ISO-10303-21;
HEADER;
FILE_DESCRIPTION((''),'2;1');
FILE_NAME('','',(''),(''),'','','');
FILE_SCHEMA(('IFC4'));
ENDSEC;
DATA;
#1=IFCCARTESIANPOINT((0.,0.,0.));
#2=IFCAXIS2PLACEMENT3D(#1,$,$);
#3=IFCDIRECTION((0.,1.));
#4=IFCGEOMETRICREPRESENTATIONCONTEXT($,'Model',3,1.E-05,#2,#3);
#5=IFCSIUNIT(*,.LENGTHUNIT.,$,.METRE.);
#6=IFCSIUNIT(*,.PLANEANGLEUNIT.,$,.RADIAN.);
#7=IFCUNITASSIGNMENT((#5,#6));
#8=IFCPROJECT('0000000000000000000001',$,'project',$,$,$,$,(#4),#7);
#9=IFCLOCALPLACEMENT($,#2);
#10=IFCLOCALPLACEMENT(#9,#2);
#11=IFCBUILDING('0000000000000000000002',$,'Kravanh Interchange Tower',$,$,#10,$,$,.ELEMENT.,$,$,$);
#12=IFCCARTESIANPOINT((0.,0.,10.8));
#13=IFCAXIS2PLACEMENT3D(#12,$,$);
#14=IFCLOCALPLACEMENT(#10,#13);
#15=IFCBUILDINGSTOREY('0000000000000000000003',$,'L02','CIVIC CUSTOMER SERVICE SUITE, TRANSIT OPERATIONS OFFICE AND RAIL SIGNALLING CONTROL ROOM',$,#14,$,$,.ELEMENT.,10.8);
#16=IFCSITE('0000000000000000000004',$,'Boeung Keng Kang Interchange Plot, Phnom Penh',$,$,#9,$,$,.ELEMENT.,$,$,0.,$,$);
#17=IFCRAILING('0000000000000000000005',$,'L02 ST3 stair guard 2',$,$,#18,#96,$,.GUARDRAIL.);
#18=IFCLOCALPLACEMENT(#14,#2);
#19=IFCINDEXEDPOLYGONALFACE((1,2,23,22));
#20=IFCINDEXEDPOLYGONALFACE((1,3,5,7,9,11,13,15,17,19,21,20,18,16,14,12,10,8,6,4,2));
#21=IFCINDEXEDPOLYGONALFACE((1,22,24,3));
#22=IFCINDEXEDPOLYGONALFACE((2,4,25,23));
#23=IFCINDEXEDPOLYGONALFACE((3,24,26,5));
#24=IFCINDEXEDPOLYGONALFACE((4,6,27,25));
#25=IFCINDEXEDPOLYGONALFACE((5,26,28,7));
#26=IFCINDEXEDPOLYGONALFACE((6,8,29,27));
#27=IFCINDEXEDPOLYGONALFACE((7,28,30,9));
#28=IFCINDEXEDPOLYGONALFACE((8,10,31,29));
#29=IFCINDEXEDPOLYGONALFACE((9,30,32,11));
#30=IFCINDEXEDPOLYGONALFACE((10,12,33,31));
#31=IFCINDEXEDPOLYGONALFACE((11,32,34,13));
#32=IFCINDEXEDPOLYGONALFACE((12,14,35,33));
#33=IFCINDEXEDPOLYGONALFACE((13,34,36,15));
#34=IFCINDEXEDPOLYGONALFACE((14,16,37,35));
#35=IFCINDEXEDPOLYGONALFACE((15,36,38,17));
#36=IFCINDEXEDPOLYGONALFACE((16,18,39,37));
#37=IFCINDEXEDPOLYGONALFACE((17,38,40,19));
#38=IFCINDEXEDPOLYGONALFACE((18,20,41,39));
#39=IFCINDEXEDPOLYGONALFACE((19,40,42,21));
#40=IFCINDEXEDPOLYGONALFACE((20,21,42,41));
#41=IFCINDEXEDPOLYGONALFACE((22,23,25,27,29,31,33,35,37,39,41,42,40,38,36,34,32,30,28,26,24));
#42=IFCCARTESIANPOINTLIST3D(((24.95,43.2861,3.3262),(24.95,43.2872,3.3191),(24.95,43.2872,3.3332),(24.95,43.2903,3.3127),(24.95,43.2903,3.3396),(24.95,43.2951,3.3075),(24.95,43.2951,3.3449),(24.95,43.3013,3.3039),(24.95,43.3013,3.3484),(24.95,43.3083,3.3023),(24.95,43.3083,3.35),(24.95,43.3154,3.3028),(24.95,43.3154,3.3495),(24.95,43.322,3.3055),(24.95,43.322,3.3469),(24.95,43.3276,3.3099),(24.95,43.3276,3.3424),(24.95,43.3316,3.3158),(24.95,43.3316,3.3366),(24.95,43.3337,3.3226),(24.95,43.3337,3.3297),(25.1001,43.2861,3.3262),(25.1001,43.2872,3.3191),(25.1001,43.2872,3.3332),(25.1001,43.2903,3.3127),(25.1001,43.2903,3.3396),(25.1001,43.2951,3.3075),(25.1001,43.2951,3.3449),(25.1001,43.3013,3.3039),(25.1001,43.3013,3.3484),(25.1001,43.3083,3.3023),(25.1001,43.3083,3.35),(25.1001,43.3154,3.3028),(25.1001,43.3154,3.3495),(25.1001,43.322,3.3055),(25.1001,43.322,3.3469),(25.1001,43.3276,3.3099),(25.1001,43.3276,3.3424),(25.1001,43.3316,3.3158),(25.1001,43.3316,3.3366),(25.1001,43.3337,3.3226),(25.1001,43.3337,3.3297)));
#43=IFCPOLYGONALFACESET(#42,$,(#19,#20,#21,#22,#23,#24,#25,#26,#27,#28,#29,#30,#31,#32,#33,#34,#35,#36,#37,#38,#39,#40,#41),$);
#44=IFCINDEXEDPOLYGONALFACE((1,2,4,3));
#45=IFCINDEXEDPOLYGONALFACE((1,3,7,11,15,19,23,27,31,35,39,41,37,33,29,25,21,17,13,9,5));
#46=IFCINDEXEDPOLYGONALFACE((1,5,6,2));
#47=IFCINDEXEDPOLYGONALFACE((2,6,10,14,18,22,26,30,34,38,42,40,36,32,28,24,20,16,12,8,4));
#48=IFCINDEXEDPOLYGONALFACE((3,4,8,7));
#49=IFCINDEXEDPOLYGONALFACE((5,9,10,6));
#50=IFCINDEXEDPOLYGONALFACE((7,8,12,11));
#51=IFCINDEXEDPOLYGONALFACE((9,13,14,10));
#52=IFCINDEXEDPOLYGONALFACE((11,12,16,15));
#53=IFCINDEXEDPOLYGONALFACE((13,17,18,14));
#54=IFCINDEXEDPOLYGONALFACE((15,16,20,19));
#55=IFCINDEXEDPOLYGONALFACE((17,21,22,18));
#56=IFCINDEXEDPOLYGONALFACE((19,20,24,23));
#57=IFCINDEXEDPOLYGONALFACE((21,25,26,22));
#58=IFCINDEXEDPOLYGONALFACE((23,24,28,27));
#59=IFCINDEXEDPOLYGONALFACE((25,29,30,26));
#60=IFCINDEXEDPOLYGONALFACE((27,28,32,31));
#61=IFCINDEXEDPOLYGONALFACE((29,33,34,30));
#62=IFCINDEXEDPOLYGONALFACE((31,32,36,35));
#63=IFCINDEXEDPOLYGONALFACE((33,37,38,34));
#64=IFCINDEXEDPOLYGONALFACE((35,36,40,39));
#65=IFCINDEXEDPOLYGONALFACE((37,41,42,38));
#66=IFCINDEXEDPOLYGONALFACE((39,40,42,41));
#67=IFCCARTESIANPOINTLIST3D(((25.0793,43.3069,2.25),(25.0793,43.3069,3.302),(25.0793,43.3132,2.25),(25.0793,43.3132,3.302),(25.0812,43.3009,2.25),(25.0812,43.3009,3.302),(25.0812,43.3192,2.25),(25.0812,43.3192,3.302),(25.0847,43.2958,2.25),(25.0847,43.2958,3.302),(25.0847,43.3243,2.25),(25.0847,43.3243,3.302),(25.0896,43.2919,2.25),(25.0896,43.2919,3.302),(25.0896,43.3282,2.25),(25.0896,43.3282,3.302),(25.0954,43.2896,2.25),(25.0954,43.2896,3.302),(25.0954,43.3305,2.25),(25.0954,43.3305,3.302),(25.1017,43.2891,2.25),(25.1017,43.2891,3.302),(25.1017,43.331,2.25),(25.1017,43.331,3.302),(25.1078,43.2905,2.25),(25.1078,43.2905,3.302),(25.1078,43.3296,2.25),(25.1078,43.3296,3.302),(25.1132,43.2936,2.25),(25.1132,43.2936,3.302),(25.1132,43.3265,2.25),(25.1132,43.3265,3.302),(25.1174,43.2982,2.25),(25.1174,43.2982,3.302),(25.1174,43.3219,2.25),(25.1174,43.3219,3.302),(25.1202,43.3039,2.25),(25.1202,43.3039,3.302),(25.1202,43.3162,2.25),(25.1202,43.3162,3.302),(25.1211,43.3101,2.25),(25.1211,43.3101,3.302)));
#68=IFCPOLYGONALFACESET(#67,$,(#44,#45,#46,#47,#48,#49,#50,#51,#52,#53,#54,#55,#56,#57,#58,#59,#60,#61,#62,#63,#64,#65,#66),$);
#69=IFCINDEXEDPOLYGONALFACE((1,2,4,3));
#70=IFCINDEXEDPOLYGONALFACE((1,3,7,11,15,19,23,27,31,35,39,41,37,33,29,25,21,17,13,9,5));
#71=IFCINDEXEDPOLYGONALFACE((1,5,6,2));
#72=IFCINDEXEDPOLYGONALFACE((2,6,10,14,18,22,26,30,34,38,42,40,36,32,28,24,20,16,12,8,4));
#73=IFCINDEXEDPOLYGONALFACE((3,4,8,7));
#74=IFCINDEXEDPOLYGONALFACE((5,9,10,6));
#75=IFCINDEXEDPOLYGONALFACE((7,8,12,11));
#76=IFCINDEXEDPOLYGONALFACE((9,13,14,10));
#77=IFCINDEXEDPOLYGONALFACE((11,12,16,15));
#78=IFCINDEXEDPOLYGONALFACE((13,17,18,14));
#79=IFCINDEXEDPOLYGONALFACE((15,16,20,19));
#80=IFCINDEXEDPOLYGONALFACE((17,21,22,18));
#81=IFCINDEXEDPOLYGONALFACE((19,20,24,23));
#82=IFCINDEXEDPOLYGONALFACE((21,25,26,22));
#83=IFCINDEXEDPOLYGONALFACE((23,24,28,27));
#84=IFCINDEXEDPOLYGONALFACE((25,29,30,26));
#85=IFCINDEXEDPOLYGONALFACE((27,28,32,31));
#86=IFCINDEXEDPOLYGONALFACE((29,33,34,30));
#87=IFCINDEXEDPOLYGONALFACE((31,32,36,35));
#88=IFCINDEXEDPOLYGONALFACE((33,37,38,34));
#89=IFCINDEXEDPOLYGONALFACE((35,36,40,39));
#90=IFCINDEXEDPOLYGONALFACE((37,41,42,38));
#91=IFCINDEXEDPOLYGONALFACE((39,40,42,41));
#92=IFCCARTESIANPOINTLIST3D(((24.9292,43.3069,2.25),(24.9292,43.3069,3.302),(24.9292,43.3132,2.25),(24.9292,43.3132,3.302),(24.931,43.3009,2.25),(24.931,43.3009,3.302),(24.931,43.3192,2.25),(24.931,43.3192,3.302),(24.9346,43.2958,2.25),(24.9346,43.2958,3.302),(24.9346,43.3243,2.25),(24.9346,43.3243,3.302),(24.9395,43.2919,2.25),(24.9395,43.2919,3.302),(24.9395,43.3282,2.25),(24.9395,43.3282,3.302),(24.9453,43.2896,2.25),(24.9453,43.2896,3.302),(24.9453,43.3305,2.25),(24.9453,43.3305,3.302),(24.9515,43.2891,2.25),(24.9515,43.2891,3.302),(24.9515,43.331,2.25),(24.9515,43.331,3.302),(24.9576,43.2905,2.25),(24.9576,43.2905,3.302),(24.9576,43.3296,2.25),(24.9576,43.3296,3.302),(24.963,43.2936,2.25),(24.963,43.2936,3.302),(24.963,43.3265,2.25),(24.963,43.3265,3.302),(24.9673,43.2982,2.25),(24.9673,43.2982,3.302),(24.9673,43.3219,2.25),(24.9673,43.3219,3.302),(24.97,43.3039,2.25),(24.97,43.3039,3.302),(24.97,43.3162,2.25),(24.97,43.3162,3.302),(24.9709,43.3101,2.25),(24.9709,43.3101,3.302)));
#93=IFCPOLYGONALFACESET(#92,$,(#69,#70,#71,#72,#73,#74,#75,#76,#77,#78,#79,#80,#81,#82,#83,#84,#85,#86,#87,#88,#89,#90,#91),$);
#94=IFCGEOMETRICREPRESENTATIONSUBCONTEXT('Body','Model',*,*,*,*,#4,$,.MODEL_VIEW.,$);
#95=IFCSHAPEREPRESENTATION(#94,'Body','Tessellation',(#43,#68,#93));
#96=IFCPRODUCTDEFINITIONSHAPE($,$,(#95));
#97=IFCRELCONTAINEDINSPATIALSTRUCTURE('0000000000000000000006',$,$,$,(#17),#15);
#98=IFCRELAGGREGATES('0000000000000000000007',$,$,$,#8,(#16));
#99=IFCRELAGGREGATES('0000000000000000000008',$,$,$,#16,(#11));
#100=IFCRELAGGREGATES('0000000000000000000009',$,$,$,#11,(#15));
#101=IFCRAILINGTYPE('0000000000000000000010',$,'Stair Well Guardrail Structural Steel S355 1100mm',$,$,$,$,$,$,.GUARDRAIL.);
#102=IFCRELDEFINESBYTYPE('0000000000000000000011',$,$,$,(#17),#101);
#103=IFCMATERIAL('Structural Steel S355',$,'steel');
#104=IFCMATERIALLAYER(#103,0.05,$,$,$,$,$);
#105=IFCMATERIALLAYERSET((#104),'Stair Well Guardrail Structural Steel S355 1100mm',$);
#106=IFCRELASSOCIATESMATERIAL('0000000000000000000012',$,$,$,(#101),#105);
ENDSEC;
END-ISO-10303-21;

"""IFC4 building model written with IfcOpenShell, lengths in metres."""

from ifc_helpers import new_model, si_unit, direction, frame, origin, origin_2d, place, context, subcontext, project, spatial, circle, extrude, material, layer, layer_set, type_object, element, save


model = new_model("IFC4")

# Units and contexts
model_context = context("Model", 3, precision=1e-05, world=origin(), true_north=direction((0.0, 1.0)))
body_context = subcontext(model_context, "Body", "Model", "MODEL_VIEW")
ifc_project = project(units=[si_unit("LENGTHUNIT", "METRE"), si_unit("PLANEANGLEUNIT", "RADIAN")], contexts=[model_context])

# Site, building, storey
site_placement = place(None, origin())
site = spatial("IfcSite", under=ifc_project, at=site_placement, Name="Boeung Keng Kang Interchange Plot, Phnom Penh", CompositionType="ELEMENT", RefElevation=0.0)
building_placement = place(site_placement, origin())
building = spatial("IfcBuilding", under=site, at=building_placement, Name="Kravanh Interchange Tower", CompositionType="ELEMENT")
storey_placement = place(building_placement, frame((0.0, 0.0, 10.8)))
storey = spatial("IfcBuildingStorey", under=building, at=storey_placement, Name="L02", Description="CIVIC CUSTOMER SERVICE SUITE, TRANSIT OPERATIONS OFFICE AND RAIL SIGNALLING CONTROL ROOM", CompositionType="ELEMENT", Elevation=10.8)

# Railing
ifc_material_1 = material(Name="Structural Steel S355", Category="steel")
ifc_layer_1 = layer(ifc_material_1, 0.05)
ifc_layer_set_1 = layer_set([ifc_layer_1], Name="Stair Well Guardrail Structural Steel S355 1100mm")
railing_type_1 = type_object("IfcRailingType", Name="Stair Well Guardrail Structural Steel S355 1100mm", PredefinedType="GUARDRAIL", material=ifc_layer_set_1)
railing_1_placement = place(storey_placement, frame((25.1001, 43.3101, 2.25)))
element("IfcRailing", 1, at=railing_1_placement, inside=storey, type_object=railing_type_1, Name="L02 ST3 stair guard 2", PredefinedType="GUARDRAIL", context=body_context, shape_type="SweptSolid", body=[
    extrude(circle(Radius=0.0239, at=origin_2d()), frame((0.0, 0.0, 1.0762), z_axis=(-1.0, 0.0, 0.0), x_axis=(0.0, -1.0, 0.0)), (0.0, 0.0, 1.0), 0.1501),
    extrude(circle(Radius=0.021, at=origin_2d()), origin(), (0.0, 0.0, 1.0), 1.052),
    extrude(circle(Radius=0.021, at=origin_2d()), frame((-0.1501, 0.0, 0.0)), (0.0, 0.0, 1.0), 1.052),
])

save(model, "model.ifc")
